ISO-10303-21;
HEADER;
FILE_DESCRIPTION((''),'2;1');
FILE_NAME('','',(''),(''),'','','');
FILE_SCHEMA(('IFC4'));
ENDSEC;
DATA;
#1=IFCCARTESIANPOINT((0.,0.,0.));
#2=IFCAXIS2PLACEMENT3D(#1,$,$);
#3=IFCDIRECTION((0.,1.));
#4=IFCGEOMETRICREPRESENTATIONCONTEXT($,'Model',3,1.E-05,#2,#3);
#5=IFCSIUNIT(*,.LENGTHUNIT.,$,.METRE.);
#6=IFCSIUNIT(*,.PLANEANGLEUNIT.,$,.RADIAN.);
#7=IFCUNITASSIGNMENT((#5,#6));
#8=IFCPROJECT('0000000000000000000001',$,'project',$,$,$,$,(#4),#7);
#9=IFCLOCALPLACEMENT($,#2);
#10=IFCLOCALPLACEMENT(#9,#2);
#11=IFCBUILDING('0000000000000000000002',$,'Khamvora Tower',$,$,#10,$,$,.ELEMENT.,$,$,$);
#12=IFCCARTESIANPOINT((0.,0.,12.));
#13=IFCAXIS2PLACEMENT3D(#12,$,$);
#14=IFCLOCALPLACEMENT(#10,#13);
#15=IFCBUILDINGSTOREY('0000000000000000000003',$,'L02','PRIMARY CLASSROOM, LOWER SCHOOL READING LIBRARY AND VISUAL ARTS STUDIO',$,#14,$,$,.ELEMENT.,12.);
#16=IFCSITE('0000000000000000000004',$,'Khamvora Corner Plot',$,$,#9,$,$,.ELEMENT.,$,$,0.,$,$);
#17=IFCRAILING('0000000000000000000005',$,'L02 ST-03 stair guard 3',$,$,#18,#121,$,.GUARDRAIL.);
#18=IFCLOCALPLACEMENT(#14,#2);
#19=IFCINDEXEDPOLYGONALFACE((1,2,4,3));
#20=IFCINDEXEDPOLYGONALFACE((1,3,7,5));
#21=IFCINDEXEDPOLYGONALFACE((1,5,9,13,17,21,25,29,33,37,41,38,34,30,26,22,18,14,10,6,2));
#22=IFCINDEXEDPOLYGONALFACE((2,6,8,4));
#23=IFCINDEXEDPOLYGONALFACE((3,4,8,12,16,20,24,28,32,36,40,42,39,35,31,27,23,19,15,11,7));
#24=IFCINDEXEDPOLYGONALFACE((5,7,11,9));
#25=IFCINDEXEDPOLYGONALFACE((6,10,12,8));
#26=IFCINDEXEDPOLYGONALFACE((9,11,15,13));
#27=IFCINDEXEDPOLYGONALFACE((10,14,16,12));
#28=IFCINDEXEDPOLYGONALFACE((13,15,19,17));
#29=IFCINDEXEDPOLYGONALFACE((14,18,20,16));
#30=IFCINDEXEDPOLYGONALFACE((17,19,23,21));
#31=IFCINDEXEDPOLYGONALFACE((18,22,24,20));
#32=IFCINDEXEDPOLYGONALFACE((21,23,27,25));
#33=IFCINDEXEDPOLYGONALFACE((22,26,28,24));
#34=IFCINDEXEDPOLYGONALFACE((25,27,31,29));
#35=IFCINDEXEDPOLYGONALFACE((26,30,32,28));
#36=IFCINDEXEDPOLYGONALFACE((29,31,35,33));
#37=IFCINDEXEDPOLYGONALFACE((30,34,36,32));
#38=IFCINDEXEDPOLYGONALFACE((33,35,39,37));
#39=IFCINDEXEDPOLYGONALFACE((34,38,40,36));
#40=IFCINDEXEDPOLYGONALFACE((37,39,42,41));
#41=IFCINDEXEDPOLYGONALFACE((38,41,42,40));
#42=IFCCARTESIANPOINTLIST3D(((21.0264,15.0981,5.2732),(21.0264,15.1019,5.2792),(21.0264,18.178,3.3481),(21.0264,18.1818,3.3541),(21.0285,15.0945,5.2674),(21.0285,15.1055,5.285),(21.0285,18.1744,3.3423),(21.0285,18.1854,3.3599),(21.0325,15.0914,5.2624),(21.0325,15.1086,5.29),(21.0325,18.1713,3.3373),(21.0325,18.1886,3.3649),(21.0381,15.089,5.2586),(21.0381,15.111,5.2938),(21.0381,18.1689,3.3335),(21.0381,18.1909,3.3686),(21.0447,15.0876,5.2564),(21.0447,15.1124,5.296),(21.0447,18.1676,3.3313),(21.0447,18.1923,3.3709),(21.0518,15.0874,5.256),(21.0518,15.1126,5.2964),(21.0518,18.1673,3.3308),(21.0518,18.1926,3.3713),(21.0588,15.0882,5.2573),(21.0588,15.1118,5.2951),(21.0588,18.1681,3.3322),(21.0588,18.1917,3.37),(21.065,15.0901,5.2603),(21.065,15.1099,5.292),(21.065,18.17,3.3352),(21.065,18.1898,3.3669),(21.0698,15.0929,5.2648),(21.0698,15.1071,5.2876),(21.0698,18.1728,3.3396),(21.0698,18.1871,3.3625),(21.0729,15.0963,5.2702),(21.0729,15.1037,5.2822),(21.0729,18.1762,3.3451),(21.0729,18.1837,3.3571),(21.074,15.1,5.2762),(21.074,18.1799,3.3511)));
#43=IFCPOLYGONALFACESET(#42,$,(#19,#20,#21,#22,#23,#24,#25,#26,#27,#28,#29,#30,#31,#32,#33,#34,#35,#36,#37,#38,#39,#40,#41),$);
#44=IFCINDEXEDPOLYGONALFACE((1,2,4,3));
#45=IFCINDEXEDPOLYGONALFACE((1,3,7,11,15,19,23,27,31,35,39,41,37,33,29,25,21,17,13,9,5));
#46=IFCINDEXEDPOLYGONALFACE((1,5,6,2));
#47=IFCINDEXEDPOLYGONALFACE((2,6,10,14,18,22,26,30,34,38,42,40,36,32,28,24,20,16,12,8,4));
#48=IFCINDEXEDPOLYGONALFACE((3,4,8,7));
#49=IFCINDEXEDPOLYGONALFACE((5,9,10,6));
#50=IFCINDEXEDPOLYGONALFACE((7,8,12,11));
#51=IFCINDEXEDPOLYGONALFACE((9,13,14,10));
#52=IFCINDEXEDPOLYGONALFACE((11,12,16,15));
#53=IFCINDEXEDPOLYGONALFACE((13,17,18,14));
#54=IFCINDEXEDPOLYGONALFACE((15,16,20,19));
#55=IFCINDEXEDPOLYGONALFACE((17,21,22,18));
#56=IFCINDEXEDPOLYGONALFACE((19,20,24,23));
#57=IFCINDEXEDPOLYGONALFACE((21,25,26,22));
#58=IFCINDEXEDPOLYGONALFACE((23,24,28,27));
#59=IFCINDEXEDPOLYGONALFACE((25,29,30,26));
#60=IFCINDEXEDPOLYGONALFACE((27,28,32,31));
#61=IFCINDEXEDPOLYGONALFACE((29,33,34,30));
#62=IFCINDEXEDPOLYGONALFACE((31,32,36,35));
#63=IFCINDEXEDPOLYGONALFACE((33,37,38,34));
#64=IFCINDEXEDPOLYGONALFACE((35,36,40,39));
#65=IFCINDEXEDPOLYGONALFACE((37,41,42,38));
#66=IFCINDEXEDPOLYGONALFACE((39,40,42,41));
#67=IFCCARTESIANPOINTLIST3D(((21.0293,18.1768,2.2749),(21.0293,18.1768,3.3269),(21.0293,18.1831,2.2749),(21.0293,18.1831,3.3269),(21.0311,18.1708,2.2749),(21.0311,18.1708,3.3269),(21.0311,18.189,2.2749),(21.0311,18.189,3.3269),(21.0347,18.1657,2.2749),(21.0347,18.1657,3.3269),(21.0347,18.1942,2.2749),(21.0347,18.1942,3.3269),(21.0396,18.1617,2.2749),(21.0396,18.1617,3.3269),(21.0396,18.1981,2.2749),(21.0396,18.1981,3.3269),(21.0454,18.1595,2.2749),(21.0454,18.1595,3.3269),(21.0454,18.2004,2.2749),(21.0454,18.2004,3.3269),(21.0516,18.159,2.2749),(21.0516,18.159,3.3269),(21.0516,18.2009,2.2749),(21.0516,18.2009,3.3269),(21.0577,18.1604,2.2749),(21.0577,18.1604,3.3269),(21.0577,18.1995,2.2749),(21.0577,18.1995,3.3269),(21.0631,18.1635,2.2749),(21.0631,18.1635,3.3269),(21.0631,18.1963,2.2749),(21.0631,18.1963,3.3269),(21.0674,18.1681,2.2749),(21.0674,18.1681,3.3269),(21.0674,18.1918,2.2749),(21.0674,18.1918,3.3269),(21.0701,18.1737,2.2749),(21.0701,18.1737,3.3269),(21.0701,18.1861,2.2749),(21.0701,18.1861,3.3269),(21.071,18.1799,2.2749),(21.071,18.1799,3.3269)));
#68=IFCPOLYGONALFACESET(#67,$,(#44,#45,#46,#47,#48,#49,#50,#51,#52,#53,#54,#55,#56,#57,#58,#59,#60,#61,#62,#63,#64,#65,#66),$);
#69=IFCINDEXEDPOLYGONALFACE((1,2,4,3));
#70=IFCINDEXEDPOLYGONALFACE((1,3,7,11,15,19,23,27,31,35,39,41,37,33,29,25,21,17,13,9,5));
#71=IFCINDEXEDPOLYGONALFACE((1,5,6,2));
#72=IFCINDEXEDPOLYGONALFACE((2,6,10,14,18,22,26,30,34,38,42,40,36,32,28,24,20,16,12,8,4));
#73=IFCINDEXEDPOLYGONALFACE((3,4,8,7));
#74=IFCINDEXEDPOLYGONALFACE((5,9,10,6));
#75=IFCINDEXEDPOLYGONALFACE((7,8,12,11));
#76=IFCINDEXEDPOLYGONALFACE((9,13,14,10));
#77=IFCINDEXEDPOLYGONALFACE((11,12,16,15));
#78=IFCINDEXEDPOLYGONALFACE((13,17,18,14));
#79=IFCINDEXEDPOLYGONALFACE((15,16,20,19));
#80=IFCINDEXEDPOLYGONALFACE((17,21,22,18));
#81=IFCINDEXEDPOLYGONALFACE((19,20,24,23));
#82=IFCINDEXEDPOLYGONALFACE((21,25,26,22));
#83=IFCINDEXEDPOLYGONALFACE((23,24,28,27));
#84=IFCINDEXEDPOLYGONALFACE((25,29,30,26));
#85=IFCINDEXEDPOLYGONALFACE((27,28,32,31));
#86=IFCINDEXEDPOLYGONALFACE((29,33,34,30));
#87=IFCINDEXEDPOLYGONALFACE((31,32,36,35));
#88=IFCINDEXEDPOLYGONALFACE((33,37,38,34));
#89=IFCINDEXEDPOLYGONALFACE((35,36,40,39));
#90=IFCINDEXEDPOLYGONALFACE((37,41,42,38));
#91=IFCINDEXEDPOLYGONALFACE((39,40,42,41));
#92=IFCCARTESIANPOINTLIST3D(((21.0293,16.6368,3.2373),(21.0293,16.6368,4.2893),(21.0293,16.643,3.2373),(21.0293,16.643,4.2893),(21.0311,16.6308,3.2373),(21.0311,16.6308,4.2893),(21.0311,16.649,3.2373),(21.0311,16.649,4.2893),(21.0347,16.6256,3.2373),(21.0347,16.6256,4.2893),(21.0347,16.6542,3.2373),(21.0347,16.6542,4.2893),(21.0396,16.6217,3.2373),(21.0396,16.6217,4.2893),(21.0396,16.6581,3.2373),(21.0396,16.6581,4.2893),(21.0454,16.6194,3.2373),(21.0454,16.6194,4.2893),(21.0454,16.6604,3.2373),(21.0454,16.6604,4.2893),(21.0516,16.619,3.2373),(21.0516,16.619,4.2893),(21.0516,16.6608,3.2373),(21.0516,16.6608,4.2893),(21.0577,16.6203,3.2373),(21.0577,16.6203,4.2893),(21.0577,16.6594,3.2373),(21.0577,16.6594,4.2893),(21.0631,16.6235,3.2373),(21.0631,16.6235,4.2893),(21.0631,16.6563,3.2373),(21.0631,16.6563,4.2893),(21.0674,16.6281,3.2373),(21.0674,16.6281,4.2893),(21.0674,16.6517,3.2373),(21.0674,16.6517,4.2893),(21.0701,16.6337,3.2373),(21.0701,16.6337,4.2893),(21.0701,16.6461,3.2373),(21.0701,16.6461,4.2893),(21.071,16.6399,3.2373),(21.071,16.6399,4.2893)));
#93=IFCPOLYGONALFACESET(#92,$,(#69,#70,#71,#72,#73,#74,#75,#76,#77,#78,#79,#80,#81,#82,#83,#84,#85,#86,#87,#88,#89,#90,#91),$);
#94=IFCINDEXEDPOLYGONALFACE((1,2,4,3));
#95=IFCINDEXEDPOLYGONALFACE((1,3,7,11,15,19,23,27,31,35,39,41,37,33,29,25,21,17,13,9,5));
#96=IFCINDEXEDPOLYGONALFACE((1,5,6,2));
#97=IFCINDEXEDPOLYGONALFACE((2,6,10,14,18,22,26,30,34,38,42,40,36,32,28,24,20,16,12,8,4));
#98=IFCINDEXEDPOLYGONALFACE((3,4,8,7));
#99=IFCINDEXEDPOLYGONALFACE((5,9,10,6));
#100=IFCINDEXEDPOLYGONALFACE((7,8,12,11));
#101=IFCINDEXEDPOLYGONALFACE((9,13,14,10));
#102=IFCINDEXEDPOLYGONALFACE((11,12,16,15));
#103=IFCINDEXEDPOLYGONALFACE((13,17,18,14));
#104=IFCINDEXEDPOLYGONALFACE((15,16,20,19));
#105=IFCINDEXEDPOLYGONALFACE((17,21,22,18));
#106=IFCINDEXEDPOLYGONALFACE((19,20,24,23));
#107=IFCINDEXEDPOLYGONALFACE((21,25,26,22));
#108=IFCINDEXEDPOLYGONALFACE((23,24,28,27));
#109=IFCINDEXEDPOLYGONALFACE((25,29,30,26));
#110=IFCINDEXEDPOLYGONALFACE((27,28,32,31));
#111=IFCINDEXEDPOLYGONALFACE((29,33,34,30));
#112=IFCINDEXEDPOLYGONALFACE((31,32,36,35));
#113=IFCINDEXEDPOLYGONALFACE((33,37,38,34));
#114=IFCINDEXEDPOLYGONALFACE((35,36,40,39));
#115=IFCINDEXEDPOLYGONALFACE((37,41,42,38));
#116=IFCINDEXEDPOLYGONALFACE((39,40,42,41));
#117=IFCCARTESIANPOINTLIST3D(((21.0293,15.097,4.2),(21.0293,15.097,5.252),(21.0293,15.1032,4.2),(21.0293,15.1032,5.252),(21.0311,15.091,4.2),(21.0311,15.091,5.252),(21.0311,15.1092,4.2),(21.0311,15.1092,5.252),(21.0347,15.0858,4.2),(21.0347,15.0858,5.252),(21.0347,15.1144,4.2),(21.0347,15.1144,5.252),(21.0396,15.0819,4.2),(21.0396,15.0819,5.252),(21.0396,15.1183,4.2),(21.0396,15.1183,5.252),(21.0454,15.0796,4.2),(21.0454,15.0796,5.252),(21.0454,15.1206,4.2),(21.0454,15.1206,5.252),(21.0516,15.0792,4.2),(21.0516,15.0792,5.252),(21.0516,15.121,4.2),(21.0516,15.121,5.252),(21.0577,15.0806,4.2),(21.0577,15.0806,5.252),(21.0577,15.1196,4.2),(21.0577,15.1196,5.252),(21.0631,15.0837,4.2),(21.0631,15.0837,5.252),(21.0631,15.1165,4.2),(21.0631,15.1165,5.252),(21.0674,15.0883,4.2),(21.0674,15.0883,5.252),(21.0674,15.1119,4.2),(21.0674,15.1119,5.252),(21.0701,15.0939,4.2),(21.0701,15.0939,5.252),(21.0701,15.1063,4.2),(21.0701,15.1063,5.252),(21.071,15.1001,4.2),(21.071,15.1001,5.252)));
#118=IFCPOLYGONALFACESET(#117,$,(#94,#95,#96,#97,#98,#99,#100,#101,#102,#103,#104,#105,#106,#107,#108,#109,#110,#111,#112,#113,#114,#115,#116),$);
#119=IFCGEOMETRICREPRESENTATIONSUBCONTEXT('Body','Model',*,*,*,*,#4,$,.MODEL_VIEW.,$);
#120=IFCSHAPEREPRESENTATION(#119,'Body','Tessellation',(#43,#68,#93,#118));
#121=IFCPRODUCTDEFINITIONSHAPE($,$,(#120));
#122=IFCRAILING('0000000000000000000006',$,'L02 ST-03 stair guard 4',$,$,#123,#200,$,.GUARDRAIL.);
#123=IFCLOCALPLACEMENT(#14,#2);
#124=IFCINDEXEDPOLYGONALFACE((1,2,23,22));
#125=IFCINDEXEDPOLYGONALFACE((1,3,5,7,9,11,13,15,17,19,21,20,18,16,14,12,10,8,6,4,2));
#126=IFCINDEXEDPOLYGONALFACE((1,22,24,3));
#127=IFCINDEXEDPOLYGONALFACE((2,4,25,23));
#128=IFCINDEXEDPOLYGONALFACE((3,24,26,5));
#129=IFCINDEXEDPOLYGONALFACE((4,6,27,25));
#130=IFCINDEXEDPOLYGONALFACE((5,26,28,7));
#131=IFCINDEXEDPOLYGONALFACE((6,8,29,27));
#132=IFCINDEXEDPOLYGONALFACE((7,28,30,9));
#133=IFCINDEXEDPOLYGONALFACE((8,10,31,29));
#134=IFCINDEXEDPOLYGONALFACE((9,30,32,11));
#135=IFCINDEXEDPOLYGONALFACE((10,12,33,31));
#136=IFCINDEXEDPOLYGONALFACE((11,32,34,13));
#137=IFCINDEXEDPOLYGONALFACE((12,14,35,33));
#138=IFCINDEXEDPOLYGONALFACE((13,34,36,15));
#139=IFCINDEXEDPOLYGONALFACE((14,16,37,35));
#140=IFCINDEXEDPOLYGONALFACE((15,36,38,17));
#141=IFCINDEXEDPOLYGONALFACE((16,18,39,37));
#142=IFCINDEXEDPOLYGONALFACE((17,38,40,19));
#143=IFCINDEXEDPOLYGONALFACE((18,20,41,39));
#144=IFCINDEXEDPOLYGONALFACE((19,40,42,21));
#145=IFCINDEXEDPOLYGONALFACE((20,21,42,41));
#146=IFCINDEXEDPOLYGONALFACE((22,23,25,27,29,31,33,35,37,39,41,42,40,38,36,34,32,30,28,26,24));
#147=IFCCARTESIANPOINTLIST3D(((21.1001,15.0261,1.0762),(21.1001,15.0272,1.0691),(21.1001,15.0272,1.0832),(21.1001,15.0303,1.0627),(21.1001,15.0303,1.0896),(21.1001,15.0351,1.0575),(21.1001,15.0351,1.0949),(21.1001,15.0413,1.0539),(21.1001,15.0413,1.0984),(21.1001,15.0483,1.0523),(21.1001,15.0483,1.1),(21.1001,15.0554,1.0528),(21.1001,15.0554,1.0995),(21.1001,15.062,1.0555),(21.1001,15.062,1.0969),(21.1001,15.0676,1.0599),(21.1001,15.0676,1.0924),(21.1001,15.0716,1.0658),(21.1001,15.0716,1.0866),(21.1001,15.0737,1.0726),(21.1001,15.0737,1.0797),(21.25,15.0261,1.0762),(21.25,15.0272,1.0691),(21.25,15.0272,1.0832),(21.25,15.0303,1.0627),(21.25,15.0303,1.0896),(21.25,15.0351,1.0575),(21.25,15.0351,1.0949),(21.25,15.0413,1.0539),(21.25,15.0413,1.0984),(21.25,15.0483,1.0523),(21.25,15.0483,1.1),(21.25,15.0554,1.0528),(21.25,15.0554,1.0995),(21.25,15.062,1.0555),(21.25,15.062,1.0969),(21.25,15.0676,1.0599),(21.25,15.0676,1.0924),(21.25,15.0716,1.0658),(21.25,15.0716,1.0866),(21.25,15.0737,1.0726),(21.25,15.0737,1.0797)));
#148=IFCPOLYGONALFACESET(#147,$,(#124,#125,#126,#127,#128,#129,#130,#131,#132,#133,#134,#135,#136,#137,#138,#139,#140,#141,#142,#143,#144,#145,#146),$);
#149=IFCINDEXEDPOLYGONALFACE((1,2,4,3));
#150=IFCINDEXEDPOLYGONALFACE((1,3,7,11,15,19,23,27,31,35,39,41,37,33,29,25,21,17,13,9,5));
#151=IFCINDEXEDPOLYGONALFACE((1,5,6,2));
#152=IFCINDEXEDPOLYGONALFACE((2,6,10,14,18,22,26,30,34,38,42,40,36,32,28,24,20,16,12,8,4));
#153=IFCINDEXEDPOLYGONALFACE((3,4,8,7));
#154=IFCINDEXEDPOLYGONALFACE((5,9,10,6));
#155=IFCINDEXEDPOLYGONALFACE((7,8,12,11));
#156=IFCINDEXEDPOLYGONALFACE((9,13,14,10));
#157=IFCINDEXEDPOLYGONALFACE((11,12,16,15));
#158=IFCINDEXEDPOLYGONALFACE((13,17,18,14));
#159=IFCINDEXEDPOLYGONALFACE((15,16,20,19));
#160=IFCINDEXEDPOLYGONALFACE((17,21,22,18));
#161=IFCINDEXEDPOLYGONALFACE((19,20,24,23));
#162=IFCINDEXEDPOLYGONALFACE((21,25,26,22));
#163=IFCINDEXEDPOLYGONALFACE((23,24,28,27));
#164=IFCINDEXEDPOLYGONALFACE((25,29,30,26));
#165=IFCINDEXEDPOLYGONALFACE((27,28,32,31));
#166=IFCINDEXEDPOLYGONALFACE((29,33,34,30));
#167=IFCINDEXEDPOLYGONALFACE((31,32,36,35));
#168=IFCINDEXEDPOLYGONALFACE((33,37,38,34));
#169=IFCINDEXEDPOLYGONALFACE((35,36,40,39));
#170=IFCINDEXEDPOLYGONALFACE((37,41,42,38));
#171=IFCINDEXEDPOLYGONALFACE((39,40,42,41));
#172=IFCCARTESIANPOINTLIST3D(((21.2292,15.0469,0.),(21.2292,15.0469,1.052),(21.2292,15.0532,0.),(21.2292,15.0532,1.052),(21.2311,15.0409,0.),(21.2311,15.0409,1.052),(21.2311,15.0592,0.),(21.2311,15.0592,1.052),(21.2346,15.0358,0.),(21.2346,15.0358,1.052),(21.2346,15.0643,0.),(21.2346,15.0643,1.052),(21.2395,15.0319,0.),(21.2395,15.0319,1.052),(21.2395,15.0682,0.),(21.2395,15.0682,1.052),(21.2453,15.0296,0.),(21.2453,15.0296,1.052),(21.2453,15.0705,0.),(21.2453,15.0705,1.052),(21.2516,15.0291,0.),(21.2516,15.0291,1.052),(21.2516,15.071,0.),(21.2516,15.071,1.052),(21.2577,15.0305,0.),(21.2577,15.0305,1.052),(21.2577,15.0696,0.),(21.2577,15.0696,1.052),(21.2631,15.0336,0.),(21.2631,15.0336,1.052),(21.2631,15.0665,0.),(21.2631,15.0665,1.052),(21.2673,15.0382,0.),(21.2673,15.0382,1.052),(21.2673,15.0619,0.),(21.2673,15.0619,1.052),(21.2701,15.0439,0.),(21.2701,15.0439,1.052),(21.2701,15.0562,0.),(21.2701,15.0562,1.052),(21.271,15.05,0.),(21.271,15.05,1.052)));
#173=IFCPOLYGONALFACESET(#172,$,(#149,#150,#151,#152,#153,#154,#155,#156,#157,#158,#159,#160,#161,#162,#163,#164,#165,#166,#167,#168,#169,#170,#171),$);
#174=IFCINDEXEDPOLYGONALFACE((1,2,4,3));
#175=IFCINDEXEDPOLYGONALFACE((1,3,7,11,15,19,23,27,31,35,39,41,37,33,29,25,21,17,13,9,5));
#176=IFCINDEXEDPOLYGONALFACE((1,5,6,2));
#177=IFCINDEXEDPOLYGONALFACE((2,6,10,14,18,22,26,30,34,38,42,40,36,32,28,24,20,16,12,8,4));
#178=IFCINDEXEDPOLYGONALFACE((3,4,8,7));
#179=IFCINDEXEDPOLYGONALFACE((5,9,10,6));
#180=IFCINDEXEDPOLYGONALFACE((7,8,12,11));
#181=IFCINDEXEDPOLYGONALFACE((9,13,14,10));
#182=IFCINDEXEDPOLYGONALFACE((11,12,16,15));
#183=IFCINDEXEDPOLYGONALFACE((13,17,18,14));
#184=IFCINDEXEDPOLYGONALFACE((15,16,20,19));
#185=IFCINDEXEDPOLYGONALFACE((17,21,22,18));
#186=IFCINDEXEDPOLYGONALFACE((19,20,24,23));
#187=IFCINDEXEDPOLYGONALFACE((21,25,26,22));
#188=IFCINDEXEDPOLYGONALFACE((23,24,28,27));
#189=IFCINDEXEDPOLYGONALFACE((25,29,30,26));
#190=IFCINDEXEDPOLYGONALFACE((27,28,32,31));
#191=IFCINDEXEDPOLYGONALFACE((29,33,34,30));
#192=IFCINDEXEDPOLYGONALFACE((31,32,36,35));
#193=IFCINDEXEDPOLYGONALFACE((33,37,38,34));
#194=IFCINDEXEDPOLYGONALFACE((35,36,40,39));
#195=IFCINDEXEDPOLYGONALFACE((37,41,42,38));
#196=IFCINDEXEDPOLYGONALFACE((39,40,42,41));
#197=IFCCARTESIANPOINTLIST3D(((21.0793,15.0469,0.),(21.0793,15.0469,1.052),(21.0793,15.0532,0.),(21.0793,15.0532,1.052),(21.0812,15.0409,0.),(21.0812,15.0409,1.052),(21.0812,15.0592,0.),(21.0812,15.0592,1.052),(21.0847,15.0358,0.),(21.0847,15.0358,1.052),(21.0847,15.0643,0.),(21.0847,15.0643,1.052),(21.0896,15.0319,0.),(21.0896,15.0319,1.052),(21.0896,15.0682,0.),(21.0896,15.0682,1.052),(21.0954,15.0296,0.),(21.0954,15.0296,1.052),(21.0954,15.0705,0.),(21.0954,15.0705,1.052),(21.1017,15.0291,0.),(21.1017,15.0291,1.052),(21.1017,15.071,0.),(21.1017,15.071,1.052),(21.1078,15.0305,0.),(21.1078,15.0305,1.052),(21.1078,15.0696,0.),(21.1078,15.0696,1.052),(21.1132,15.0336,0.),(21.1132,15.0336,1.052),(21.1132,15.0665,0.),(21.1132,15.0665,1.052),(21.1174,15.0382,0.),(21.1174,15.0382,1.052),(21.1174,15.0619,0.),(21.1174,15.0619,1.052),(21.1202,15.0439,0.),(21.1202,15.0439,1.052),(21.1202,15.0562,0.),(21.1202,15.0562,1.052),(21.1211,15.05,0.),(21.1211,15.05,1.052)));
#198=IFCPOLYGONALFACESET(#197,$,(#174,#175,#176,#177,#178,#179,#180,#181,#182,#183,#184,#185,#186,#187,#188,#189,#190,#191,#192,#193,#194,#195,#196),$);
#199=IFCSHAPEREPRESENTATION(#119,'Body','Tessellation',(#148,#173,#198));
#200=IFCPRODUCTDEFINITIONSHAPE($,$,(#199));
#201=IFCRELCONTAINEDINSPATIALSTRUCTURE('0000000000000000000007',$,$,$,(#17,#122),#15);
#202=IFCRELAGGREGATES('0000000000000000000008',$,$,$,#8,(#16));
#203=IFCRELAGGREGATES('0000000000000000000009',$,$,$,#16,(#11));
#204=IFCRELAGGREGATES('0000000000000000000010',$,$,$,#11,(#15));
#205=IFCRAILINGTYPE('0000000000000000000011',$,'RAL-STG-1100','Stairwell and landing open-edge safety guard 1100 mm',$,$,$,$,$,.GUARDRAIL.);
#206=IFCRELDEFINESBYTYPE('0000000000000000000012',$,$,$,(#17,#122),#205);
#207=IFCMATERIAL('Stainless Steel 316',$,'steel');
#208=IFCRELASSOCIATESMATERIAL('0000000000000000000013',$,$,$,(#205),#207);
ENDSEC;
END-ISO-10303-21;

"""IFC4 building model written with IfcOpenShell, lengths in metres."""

from ifc_helpers import new_model, si_unit, direction, frame, origin, origin_2d, place, context, subcontext, project, spatial, circle, extrude, material, type_object, element, save


model = new_model("IFC4")

# Units and contexts
model_context = context("Model", 3, precision=1e-05, world=origin(), true_north=direction((0.0, 1.0)))
body_context = subcontext(model_context, "Body", "Model", "MODEL_VIEW")
ifc_project = project(units=[si_unit("LENGTHUNIT", "METRE"), si_unit("PLANEANGLEUNIT", "RADIAN")], contexts=[model_context])

# Site, building, storey
site_placement = place(None, origin())
site = spatial("IfcSite", under=ifc_project, at=site_placement, Name="Khamvora Corner Plot", CompositionType="ELEMENT", RefElevation=0.0)
building_placement = place(site_placement, origin())
building = spatial("IfcBuilding", under=site, at=building_placement, Name="Khamvora Tower", CompositionType="ELEMENT")
storey_placement = place(building_placement, frame((0.0, 0.0, 12.0)))
storey = spatial("IfcBuildingStorey", under=building, at=storey_placement, Name="L02", Description="PRIMARY CLASSROOM, LOWER SCHOOL READING LIBRARY AND VISUAL ARTS STUDIO", CompositionType="ELEMENT", Elevation=12.0)

# Railings
ifc_material_1 = material(Name="Stainless Steel 316", Category="steel")
railing_type_1 = type_object("IfcRailingType", Name="RAL-STG-1100", Description="Stairwell and landing open-edge safety guard 1100 mm", PredefinedType="GUARDRAIL", material=ifc_material_1)
railing_1_placement = place(storey_placement, frame((21.05, 18.1799, 2.2749)))
element("IfcRailing", 1, at=railing_1_placement, inside=storey, type_object=railing_type_1, Name="L02 ST-03 stair guard 3", PredefinedType="GUARDRAIL", context=body_context, shape_type="SweptSolid", body=[
    extrude(circle(Radius=0.0239, at=origin_2d()), frame((0.0, 0.0, 1.0762), z_axis=(0.0, -0.847979, 0.530029), x_axis=(1.0, 0.0, 0.0)), (0.0, 0.0, 1.0), 3.6321),
    extrude(circle(Radius=0.021, at=origin_2d()), origin(), (0.0, 0.0, 1.0), 1.052),
    extrude(circle(Radius=0.021, at=origin_2d()), frame((0.0, -1.54, 0.9624)), (0.0, 0.0, 1.0), 1.052),
    extrude(circle(Radius=0.021, at=origin_2d()), frame((0.0, -3.0798, 1.925)), (0.0, 0.0, 1.0), 1.052),
])
railing_2_placement = place(storey_placement, frame((21.25, 15.05, 0.0)))
element("IfcRailing", 2, at=railing_2_placement, inside=storey, type_object=railing_type_1, Name="L02 ST-03 stair guard 4", PredefinedType="GUARDRAIL", context=body_context, shape_type="SweptSolid", body=[
    extrude(circle(Radius=0.0239, at=origin_2d()), frame((0.0, 0.0, 1.0762), z_axis=(-1.0, 0.0, 0.0), x_axis=(0.0, -1.0, 0.0)), (0.0, 0.0, 1.0), 0.1499),
    extrude(circle(Radius=0.021, at=origin_2d()), origin(), (0.0, 0.0, 1.0), 1.052),
    extrude(circle(Radius=0.021, at=origin_2d()), frame((-0.1499, 0.0, 0.0)), (0.0, 0.0, 1.0), 1.052),
])

save(model, "model.ifc")
